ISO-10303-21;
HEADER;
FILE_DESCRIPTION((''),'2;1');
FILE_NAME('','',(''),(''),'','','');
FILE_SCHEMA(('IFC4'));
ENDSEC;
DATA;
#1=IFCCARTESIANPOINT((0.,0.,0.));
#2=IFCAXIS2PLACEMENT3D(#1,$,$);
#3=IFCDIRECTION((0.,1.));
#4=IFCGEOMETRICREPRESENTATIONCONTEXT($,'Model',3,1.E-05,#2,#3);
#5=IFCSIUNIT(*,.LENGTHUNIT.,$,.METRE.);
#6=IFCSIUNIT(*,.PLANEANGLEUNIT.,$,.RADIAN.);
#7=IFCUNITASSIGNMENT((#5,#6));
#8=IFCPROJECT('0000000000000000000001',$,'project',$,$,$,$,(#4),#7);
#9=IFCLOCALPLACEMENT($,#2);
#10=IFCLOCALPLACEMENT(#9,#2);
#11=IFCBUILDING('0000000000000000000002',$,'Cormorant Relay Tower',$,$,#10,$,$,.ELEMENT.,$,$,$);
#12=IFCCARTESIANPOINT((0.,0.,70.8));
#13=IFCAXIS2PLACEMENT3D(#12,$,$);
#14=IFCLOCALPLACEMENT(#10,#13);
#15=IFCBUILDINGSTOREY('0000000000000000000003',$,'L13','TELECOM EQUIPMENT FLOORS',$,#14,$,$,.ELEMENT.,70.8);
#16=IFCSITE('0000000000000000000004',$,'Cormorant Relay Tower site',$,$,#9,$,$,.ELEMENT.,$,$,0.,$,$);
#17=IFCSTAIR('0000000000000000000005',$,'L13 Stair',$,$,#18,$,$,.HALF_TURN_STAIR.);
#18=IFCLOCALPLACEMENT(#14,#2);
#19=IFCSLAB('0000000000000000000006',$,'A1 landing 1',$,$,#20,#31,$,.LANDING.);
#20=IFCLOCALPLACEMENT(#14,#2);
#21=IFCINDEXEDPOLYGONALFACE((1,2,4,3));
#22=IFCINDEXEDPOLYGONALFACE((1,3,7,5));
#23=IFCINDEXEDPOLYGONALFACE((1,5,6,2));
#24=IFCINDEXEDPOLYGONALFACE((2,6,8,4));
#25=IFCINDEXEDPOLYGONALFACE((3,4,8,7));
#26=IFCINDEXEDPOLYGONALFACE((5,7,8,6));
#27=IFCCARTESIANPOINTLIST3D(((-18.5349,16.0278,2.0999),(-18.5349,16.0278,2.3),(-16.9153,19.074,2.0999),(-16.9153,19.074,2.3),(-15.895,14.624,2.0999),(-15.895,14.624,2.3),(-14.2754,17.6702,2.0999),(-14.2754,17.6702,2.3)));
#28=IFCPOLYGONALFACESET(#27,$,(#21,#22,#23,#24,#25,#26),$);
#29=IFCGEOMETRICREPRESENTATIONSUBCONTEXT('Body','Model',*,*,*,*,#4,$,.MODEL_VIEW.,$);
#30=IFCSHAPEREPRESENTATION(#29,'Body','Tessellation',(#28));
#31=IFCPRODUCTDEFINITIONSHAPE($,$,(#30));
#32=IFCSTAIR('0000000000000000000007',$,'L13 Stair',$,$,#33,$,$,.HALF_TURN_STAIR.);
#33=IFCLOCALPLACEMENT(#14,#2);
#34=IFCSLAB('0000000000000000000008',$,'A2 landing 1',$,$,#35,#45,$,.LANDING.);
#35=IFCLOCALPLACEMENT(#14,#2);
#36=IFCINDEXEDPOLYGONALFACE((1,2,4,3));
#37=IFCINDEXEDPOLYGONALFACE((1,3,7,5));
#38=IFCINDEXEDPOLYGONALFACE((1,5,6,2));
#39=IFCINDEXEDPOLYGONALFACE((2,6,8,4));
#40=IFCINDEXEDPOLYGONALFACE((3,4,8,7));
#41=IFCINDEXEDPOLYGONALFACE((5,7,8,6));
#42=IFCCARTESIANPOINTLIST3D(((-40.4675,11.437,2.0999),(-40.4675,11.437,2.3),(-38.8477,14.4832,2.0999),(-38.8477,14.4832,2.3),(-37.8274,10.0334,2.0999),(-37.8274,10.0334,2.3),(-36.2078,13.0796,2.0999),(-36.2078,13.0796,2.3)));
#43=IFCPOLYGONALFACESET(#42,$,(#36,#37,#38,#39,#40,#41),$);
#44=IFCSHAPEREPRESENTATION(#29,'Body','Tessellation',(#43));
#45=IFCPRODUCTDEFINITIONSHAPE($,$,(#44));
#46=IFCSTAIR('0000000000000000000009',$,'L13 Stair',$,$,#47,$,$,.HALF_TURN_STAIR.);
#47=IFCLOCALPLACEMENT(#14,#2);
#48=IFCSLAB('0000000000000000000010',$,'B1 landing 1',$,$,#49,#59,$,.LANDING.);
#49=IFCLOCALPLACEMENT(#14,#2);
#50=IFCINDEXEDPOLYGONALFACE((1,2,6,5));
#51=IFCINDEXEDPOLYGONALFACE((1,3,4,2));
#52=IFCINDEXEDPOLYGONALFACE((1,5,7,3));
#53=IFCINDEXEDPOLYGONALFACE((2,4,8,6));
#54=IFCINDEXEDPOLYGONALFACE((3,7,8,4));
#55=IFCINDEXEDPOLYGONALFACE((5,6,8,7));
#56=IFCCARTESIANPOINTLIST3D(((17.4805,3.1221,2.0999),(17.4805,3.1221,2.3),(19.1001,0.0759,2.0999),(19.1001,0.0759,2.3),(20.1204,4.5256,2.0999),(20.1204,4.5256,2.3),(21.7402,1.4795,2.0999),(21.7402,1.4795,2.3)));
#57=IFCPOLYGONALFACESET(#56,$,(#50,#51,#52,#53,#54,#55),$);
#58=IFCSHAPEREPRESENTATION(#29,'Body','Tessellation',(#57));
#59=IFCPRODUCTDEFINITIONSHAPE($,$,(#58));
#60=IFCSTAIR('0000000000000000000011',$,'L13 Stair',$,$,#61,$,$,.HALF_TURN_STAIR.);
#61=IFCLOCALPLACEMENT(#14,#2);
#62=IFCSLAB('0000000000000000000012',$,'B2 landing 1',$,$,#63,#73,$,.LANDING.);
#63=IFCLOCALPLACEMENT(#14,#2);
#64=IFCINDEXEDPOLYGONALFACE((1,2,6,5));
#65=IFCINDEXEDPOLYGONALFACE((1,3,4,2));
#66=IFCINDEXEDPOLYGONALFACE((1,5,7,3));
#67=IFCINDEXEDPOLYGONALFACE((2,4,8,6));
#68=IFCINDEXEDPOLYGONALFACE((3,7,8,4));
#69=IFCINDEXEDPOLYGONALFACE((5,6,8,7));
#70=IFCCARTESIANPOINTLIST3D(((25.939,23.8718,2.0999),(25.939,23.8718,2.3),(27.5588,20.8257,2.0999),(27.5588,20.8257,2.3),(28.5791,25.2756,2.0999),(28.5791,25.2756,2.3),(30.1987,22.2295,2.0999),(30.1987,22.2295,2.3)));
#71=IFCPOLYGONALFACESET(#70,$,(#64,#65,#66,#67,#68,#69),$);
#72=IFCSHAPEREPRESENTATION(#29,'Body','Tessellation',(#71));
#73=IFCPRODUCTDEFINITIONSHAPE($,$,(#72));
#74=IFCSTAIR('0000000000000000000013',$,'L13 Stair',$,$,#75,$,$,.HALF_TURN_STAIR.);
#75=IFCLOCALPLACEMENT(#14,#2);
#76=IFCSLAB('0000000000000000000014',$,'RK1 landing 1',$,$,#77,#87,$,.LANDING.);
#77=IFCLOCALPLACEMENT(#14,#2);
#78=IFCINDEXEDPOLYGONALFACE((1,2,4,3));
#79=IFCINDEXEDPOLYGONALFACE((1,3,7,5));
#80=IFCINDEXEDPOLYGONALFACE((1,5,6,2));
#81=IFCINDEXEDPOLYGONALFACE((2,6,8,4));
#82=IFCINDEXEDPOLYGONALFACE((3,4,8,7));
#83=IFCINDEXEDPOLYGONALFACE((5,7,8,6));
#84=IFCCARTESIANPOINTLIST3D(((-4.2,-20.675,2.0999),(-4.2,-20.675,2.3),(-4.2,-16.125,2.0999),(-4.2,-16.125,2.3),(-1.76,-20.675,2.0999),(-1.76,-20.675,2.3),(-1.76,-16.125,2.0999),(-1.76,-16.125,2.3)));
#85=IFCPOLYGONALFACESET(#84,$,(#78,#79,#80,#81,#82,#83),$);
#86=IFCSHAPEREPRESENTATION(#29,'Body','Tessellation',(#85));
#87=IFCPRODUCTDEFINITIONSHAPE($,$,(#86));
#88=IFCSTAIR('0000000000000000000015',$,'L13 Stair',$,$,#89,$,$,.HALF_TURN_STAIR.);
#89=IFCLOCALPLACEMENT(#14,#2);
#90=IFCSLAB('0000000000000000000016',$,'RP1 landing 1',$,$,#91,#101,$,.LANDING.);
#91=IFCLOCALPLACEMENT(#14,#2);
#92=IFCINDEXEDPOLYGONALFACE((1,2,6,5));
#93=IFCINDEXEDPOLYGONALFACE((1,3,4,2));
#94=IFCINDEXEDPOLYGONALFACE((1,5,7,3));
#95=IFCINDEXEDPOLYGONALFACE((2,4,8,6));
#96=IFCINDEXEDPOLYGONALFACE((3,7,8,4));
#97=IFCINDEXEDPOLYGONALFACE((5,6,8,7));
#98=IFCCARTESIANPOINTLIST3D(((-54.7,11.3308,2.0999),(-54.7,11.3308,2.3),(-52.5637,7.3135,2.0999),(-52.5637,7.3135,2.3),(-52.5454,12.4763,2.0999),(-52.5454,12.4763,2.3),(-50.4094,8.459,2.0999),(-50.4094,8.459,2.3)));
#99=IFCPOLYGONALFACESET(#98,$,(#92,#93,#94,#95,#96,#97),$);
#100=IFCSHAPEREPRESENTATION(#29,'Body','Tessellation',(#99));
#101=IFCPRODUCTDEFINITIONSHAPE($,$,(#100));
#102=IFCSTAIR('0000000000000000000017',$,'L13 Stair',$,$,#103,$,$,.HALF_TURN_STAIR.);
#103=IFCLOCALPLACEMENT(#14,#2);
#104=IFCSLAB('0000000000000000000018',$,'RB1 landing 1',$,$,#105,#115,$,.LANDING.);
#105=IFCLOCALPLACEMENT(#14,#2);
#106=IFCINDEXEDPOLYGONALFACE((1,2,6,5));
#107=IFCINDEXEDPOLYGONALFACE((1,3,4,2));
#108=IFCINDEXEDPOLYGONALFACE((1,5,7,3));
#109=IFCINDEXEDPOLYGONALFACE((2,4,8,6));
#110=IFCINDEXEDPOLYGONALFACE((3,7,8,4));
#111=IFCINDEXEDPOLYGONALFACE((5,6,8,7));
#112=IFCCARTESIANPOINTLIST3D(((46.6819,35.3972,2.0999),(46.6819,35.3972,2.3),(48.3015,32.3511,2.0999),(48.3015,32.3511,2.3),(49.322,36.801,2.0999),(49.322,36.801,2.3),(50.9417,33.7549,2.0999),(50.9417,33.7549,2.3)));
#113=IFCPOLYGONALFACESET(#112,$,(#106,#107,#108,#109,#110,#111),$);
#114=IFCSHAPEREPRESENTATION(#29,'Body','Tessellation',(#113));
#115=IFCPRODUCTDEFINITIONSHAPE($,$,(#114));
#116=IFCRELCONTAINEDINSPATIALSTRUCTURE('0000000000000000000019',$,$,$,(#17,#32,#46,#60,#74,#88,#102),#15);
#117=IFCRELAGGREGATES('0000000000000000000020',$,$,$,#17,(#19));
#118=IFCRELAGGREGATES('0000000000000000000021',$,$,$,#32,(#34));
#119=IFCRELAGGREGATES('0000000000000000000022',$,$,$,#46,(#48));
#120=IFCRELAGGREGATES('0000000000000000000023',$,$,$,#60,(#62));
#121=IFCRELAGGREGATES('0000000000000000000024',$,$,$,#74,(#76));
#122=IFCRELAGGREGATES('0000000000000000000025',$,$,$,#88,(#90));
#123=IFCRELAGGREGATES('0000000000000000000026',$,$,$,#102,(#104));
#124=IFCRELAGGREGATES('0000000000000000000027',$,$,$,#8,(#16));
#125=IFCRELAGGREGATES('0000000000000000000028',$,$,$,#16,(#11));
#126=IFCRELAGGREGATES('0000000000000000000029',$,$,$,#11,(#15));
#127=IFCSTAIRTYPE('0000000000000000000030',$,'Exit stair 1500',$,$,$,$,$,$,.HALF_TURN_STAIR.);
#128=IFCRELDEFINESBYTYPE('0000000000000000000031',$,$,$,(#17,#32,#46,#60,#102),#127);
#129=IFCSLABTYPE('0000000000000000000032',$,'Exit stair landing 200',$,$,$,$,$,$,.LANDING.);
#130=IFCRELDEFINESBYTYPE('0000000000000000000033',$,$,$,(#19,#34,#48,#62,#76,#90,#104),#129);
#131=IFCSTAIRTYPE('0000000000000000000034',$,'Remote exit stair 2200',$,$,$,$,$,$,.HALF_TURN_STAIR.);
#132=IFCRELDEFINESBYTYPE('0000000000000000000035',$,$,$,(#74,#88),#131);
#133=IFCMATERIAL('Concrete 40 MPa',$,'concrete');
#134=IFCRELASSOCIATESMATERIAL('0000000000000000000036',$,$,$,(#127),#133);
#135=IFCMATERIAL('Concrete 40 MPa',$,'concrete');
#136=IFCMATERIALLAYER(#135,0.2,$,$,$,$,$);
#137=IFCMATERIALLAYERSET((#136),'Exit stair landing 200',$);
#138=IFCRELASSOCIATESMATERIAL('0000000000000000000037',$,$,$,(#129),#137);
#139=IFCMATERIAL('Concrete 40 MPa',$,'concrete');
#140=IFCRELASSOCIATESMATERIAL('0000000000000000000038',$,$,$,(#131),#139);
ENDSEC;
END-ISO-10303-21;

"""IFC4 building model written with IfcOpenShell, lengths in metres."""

from ifc_helpers import new_model, si_unit, direction, frame, origin, place, context, subcontext, project, spatial, polyline, outline, extrude, material, layer, layer_set, type_object, element, aggregate, save


model = new_model("IFC4")

# Units and contexts
model_context = context("Model", 3, precision=1e-05, world=origin(), true_north=direction((0.0, 1.0)))
body_context = subcontext(model_context, "Body", "Model", "MODEL_VIEW")
ifc_project = project(units=[si_unit("LENGTHUNIT", "METRE"), si_unit("PLANEANGLEUNIT", "RADIAN")], contexts=[model_context])

# Site, building, storey
site_placement = place(None, origin())
site = spatial("IfcSite", under=ifc_project, at=site_placement, Name="Cormorant Relay Tower site", CompositionType="ELEMENT", RefElevation=0.0)
building_placement = place(site_placement, origin())
building = spatial("IfcBuilding", under=site, at=building_placement, Name="Cormorant Relay Tower", CompositionType="ELEMENT")
storey_placement = place(building_placement, frame((0.0, 0.0, 70.8)))
storey = spatial("IfcBuildingStorey", under=building, at=storey_placement, Name="L13", Description="TELECOM EQUIPMENT FLOORS", CompositionType="ELEMENT", Elevation=70.8)

# Stairs, slabs
ifc_material_1 = material(Name="Concrete 40 MPa", Category="concrete")
stair_type_1 = type_object("IfcStairType", Name="Exit stair 1500", PredefinedType="HALF_TURN_STAIR", material=ifc_material_1)
stair_1_placement = place(storey_placement, origin())
stair_1 = element("IfcStair", 1, at=stair_1_placement, inside=storey, type_object=stair_type_1, Name="L13 Stair", PredefinedType="HALF_TURN_STAIR")
ifc_material_2 = material(Name="Concrete 40 MPa", Category="concrete")
ifc_layer_1 = layer(ifc_material_2, 0.2)
ifc_layer_set_1 = layer_set([ifc_layer_1], Name="Exit stair landing 200")
slab_type_1 = type_object("IfcSlabType", Name="Exit stair landing 200", PredefinedType="LANDING", material=ifc_layer_set_1)
slab_1_placement = place(storey_placement, frame((0.0, 0.0, 2.0999)))
slab_1 = element("IfcSlab", 2, at=slab_1_placement, type_object=slab_type_1, Name="A1 landing 1", PredefinedType="LANDING", context=body_context, shape_type="SweptSolid", body=[
    extrude(outline(polyline([(-18.5349, 16.0278), (-15.895, 14.624), (-14.2754, 17.6702), (-16.9153, 19.074), (-18.5349, 16.0278)])), origin(), (0.0, 0.0, 1.0), 0.2002),
])
aggregate(stair_1, [slab_1])
stair_2_placement = place(storey_placement, origin())
stair_2 = element("IfcStair", 3, at=stair_2_placement, inside=storey, type_object=stair_type_1, Name="L13 Stair", PredefinedType="HALF_TURN_STAIR")
slab_2_placement = place(storey_placement, frame((0.0, 0.0, 2.0999)))
slab_2 = element("IfcSlab", 4, at=slab_2_placement, type_object=slab_type_1, Name="A2 landing 1", PredefinedType="LANDING", context=body_context, shape_type="SweptSolid", body=[
    extrude(outline(polyline([(-36.2078, 13.0796), (-38.8477, 14.4832), (-40.4675, 11.437), (-37.8274, 10.0334), (-36.2078, 13.0796)])), origin(), (0.0, 0.0, 1.0), 0.2002),
])
aggregate(stair_2, [slab_2])
stair_3_placement = place(storey_placement, origin())
stair_3 = element("IfcStair", 5, at=stair_3_placement, inside=storey, type_object=stair_type_1, Name="L13 Stair", PredefinedType="HALF_TURN_STAIR")
slab_3_placement = place(storey_placement, frame((0.0, 0.0, 2.0999)))
slab_3 = element("IfcSlab", 6, at=slab_3_placement, type_object=slab_type_1, Name="B1 landing 1", PredefinedType="LANDING", context=body_context, shape_type="SweptSolid", body=[
    extrude(outline(polyline([(20.1204, 4.5256), (17.4805, 3.1221), (19.1001, 0.0759), (21.7402, 1.4795), (20.1204, 4.5256)])), origin(), (0.0, 0.0, 1.0), 0.2002),
])
aggregate(stair_3, [slab_3])
stair_4_placement = place(storey_placement, origin())
stair_4 = element("IfcStair", 7, at=stair_4_placement, inside=storey, type_object=stair_type_1, Name="L13 Stair", PredefinedType="HALF_TURN_STAIR")
slab_4_placement = place(storey_placement, frame((0.0, 0.0, 2.0999)))
slab_4 = element("IfcSlab", 8, at=slab_4_placement, type_object=slab_type_1, Name="B2 landing 1", PredefinedType="LANDING", context=body_context, shape_type="SweptSolid", body=[
    extrude(outline(polyline([(27.5588, 20.8257), (30.1987, 22.2295), (28.5791, 25.2756), (25.939, 23.8718), (27.5588, 20.8257)])), origin(), (0.0, 0.0, 1.0), 0.2002),
])
aggregate(stair_4, [slab_4])
ifc_material_3 = material(Name="Concrete 40 MPa", Category="concrete")
stair_type_2 = type_object("IfcStairType", Name="Remote exit stair 2200", PredefinedType="HALF_TURN_STAIR", material=ifc_material_3)
stair_5_placement = place(storey_placement, origin())
stair_5 = element("IfcStair", 9, at=stair_5_placement, inside=storey, type_object=stair_type_2, Name="L13 Stair", PredefinedType="HALF_TURN_STAIR")
slab_5_placement = place(storey_placement, frame((0.0, 0.0, 2.0999)))
slab_5 = element("IfcSlab", 10, at=slab_5_placement, type_object=slab_type_1, Name="RK1 landing 1", PredefinedType="LANDING", context=body_context, shape_type="SweptSolid", body=[
    extrude(outline(polyline([(-1.76, -16.125), (-4.2, -16.125), (-4.2, -20.675), (-1.76, -20.675), (-1.76, -16.125)])), origin(), (0.0, 0.0, 1.0), 0.2002),
])
aggregate(stair_5, [slab_5])
stair_6_placement = place(storey_placement, origin())
stair_6 = element("IfcStair", 11, at=stair_6_placement, inside=storey, type_object=stair_type_2, Name="L13 Stair", PredefinedType="HALF_TURN_STAIR")
slab_6_placement = place(storey_placement, frame((0.0, 0.0, 2.0999)))
slab_6 = element("IfcSlab", 12, at=slab_6_placement, type_object=slab_type_1, Name="RP1 landing 1", PredefinedType="LANDING", context=body_context, shape_type="SweptSolid", body=[
    extrude(outline(polyline([(-52.5454, 12.4763), (-54.7, 11.3308), (-52.5637, 7.3135), (-50.4094, 8.459), (-52.5454, 12.4763)])), origin(), (0.0, 0.0, 1.0), 0.2002),
])
aggregate(stair_6, [slab_6])
stair_7_placement = place(storey_placement, origin())
stair_7 = element("IfcStair", 13, at=stair_7_placement, inside=storey, type_object=stair_type_1, Name="L13 Stair", PredefinedType="HALF_TURN_STAIR")
slab_7_placement = place(storey_placement, frame((0.0, 0.0, 2.0999)))
slab_7 = element("IfcSlab", 14, at=slab_7_placement, type_object=slab_type_1, Name="RB1 landing 1", PredefinedType="LANDING", context=body_context, shape_type="SweptSolid", body=[
    extrude(outline(polyline([(48.3015, 32.3511), (50.9417, 33.7549), (49.322, 36.801), (46.6819, 35.3972), (48.3015, 32.3511)])), origin(), (0.0, 0.0, 1.0), 0.2002),
])
aggregate(stair_7, [slab_7])

save(model, "model.ifc")
